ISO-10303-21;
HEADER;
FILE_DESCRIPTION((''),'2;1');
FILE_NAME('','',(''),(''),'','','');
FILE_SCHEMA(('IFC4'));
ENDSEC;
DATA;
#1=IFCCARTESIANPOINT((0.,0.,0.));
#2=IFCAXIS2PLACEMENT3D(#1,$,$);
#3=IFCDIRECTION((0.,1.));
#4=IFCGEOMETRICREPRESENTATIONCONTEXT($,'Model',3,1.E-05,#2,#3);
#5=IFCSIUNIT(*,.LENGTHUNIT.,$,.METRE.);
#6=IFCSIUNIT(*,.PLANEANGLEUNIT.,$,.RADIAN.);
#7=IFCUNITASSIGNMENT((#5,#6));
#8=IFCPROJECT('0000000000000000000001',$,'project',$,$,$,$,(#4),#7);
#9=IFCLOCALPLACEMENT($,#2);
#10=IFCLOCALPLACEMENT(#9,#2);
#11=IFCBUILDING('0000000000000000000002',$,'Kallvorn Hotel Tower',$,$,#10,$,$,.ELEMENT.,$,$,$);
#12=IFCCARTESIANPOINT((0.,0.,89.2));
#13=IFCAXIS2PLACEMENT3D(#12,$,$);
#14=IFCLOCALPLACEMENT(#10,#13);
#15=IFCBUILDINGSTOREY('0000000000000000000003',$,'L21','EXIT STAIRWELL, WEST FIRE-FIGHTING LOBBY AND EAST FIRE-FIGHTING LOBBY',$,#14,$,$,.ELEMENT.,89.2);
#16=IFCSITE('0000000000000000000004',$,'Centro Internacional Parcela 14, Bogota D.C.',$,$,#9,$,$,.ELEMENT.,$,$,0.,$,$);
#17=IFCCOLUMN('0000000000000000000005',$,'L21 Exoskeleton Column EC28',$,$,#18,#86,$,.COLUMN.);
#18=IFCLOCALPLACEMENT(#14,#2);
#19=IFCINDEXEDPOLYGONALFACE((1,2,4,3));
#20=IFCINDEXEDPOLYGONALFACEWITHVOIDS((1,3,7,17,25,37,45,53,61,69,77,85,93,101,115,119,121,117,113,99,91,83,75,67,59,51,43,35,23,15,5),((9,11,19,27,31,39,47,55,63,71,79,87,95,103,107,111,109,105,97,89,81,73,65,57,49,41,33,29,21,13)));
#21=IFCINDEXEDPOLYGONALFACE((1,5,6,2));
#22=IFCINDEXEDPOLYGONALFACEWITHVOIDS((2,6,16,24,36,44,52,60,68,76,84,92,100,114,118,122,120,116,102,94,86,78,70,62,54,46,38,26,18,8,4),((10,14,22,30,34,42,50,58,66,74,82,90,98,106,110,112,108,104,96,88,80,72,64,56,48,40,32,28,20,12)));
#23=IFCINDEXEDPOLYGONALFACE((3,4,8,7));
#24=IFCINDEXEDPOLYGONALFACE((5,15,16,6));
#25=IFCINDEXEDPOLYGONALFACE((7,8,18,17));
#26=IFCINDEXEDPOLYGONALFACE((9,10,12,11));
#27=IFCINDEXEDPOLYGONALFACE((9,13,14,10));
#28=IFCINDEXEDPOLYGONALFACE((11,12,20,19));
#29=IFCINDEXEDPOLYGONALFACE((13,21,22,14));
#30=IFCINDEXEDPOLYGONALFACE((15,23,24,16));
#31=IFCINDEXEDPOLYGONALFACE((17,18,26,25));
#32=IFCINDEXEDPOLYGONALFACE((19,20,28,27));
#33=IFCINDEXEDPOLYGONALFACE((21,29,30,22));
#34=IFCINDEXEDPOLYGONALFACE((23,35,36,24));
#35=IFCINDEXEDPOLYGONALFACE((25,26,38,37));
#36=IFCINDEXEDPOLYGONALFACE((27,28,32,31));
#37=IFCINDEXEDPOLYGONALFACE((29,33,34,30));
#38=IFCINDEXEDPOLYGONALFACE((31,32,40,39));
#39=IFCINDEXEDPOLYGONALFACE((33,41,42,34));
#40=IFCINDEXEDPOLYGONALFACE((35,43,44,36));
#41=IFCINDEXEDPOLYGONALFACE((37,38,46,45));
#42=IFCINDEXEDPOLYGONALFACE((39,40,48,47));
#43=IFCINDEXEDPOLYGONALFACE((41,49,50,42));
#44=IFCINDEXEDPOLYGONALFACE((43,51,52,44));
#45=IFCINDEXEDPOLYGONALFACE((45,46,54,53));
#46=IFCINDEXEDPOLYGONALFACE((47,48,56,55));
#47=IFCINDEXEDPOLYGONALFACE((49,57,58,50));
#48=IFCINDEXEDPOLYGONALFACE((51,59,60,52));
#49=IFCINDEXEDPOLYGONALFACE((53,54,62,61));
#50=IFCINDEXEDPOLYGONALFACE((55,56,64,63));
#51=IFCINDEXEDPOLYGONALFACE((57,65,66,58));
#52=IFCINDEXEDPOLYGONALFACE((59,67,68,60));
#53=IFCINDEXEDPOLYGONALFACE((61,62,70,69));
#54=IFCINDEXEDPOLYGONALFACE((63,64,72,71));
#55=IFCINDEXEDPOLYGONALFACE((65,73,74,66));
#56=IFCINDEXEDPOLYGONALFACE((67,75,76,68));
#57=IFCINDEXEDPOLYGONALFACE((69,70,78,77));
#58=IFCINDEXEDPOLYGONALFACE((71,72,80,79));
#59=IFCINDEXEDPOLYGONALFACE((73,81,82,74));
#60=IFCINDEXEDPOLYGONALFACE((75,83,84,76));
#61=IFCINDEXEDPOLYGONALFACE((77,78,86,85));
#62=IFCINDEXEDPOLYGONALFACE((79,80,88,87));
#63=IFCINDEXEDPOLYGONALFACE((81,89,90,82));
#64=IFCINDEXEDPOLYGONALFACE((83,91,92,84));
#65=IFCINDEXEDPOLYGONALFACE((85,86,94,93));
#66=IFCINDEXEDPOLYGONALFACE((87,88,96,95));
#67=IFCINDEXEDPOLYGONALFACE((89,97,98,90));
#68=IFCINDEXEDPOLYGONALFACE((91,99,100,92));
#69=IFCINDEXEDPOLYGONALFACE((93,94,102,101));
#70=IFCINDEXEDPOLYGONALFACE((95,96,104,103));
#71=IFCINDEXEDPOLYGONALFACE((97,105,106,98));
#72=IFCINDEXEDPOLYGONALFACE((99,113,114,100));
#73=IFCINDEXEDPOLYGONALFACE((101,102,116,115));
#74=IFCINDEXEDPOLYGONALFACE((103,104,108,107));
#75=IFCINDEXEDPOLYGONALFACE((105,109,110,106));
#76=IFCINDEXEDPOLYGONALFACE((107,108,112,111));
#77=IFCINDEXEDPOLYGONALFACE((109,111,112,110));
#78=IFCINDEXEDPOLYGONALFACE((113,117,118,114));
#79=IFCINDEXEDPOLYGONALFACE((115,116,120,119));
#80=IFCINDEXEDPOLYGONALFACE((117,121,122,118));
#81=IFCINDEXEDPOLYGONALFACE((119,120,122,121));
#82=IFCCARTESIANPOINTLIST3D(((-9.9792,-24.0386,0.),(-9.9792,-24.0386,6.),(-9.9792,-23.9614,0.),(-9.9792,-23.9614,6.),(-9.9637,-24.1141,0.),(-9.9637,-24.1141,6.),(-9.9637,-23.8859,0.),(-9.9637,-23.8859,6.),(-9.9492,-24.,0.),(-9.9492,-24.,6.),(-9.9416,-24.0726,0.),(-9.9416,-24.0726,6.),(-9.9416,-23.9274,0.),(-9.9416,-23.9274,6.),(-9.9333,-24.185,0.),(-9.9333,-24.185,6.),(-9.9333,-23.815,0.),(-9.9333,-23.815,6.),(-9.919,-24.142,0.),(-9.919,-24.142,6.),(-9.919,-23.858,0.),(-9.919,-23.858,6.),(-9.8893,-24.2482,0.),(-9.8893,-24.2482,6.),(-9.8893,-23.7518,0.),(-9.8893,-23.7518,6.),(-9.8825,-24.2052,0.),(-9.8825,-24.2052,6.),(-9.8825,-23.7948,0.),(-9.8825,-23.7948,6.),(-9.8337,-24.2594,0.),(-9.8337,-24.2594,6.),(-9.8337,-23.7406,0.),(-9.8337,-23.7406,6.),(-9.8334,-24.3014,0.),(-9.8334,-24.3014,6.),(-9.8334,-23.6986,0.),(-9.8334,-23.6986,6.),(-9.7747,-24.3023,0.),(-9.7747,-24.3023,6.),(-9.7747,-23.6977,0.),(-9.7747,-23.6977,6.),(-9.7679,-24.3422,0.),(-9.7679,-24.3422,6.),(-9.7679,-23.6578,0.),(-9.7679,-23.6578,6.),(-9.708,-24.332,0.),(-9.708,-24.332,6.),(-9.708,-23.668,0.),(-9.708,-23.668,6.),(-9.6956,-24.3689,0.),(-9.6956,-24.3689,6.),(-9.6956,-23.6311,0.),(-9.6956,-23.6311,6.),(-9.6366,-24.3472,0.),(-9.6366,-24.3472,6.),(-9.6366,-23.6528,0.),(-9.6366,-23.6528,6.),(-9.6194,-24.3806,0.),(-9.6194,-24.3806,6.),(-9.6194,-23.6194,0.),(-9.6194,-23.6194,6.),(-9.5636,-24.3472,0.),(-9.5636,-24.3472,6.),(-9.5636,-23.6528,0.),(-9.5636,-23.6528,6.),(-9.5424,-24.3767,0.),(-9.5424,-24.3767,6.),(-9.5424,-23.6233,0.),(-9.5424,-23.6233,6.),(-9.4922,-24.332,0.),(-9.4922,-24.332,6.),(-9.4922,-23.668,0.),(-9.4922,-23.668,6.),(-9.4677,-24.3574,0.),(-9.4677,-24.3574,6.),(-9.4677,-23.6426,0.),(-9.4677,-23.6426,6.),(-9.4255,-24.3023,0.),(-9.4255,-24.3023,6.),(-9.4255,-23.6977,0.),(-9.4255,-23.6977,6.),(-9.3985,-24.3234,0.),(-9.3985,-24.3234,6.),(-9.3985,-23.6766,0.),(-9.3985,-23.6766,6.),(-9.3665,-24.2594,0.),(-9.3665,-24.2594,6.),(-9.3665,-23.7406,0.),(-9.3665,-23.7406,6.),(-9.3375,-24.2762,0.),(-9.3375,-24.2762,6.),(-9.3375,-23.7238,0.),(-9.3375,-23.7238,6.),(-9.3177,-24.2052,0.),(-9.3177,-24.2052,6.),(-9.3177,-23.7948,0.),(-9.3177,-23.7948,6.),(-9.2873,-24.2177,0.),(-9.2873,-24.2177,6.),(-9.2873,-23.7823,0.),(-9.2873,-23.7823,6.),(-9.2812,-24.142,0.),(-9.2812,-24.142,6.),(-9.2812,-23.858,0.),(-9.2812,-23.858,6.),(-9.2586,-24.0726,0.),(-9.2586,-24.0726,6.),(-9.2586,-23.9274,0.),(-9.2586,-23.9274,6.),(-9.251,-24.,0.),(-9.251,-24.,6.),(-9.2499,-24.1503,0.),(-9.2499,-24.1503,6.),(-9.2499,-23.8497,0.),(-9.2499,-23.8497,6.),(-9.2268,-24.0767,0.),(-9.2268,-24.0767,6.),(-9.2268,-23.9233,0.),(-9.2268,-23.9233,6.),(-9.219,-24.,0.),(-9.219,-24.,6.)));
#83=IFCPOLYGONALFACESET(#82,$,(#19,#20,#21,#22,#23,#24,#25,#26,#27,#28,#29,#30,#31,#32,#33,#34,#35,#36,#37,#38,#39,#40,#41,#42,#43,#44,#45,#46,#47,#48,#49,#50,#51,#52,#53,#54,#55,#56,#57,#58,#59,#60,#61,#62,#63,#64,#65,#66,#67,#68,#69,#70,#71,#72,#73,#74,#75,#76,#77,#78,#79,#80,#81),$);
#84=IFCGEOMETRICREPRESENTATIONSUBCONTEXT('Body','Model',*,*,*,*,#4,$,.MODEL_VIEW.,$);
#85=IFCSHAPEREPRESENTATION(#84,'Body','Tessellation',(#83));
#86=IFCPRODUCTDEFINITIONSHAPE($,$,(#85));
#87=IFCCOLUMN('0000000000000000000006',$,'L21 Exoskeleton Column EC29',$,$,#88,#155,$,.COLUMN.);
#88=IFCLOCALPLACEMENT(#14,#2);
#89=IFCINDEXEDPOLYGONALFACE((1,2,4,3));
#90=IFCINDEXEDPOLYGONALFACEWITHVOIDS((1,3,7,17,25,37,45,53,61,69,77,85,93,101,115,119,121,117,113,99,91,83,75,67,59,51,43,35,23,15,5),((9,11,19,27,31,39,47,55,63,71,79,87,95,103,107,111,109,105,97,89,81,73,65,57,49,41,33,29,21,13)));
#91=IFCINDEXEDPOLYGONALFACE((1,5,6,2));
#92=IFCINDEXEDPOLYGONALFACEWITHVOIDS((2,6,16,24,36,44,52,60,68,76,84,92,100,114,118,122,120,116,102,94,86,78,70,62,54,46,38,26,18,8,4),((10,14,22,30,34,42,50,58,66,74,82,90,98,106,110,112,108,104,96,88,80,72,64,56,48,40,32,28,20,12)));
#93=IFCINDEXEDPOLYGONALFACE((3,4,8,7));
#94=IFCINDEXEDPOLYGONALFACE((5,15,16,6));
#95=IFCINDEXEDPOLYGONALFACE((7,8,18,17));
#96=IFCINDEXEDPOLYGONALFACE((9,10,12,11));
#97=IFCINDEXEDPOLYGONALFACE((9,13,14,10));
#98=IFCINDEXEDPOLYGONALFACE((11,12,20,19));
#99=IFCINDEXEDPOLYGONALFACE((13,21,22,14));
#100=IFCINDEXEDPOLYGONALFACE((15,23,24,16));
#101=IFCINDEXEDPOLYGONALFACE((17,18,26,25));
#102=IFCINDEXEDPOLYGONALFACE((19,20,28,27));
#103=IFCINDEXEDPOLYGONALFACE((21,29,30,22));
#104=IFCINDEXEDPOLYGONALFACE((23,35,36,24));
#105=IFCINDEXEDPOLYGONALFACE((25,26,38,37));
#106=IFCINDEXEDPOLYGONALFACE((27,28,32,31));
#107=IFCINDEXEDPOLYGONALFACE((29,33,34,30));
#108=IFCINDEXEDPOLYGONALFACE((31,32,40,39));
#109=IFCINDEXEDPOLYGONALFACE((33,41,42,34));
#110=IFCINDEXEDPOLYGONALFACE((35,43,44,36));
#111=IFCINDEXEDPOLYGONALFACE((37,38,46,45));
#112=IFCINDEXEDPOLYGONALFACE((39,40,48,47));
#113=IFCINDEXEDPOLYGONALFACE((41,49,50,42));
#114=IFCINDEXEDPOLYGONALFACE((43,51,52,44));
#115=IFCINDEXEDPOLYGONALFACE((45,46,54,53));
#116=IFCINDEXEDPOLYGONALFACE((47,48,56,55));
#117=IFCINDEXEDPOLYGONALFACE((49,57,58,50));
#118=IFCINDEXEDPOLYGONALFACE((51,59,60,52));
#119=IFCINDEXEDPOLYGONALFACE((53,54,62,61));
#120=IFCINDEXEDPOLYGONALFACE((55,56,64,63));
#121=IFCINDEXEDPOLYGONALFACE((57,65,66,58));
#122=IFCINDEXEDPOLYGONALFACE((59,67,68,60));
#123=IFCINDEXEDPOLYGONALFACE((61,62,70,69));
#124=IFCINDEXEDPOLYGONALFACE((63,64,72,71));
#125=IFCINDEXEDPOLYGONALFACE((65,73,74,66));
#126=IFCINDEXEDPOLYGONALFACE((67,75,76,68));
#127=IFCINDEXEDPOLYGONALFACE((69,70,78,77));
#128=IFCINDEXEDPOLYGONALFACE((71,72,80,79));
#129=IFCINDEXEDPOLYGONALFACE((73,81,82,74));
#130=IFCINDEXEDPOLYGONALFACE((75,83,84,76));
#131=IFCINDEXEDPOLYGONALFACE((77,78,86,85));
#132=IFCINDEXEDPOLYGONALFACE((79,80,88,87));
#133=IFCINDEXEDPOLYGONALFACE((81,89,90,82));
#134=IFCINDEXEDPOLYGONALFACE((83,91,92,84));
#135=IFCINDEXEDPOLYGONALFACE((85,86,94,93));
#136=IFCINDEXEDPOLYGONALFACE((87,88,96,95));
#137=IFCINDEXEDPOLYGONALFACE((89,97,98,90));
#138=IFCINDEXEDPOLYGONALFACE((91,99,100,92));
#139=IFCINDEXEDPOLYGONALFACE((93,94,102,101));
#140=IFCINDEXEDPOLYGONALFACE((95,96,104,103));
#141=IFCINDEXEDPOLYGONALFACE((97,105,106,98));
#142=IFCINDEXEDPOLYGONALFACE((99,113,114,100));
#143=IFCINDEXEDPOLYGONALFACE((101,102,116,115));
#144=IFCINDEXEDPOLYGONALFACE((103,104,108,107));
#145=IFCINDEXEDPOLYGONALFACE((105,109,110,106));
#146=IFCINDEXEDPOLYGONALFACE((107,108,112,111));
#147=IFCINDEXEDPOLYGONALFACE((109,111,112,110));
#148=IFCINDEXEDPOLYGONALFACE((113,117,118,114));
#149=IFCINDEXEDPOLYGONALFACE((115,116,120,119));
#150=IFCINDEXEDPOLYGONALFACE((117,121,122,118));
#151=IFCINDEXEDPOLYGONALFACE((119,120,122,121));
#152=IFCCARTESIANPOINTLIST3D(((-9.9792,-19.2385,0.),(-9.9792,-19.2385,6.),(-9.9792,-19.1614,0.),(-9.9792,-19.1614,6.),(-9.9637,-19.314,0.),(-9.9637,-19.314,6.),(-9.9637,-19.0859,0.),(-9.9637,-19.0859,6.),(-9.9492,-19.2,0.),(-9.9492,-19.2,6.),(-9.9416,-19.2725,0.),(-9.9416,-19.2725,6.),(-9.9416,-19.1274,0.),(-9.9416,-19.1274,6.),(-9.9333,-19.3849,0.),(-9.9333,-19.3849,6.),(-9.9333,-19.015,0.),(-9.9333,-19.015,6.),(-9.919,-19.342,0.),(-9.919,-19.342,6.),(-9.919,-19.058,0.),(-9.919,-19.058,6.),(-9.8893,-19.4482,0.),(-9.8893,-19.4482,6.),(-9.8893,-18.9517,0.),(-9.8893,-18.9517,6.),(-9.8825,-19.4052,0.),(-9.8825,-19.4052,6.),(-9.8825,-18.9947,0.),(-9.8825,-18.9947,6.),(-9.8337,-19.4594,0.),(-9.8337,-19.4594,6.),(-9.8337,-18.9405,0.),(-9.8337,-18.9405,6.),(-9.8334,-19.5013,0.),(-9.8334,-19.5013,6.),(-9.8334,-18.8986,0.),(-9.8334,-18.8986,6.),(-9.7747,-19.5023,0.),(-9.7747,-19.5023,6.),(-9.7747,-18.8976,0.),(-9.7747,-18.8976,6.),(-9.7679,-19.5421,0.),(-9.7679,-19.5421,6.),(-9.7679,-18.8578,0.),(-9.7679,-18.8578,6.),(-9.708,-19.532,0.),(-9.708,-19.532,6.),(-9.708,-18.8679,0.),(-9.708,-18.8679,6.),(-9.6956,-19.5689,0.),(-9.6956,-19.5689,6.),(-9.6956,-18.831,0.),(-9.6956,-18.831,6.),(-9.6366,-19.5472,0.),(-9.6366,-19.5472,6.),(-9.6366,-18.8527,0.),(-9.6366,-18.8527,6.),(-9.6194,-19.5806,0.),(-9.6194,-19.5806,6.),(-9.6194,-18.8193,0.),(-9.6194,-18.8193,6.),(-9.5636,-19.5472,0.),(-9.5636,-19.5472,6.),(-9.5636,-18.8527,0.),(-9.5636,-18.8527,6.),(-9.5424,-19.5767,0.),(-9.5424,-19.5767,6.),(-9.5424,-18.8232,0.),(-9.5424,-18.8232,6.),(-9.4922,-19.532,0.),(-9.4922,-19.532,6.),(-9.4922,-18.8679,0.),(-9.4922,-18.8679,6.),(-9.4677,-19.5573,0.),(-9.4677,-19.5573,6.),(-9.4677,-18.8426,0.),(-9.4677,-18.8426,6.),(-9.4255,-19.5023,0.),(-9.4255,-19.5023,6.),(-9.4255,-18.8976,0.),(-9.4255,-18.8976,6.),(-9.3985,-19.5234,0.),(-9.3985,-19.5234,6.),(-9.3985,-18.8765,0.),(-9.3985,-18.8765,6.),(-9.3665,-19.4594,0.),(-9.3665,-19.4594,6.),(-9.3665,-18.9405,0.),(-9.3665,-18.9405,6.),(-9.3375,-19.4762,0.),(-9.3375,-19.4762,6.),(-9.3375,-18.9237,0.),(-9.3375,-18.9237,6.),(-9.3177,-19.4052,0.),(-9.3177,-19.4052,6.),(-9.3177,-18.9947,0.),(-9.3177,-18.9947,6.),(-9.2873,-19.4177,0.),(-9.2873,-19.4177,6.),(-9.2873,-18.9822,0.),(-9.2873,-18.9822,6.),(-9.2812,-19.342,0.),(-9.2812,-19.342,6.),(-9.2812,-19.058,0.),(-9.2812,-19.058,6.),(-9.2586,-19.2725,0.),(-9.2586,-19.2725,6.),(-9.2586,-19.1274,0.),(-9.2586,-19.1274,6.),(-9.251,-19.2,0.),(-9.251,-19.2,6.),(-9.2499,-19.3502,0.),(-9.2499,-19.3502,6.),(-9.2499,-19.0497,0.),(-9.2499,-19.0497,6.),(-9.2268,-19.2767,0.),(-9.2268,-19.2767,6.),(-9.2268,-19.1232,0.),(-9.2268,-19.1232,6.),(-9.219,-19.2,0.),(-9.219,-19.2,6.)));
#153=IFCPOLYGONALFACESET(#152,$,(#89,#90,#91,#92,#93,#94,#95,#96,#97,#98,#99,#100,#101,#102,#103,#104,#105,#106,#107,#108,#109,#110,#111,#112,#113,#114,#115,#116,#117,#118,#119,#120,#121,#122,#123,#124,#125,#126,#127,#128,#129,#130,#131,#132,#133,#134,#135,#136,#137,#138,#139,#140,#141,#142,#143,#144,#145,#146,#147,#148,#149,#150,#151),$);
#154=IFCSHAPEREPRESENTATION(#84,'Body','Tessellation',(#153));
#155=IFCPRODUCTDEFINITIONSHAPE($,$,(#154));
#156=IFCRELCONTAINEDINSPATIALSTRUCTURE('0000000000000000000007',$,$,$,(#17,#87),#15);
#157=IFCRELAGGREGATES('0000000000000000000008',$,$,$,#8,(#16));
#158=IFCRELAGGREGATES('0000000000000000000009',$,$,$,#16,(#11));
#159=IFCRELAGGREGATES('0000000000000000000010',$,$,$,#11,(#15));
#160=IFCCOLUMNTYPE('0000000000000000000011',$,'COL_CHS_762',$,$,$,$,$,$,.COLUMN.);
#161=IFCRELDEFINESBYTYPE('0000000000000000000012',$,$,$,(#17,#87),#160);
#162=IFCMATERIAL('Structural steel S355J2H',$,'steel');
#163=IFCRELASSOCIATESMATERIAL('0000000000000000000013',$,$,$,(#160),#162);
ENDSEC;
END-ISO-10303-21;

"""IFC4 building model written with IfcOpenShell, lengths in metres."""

from ifc_helpers import new_model, si_unit, direction, frame, origin, origin_2d, place, context, subcontext, project, spatial, hollow_circle, extrude, material, material_profile, profile_set, type_object, element, save


model = new_model("IFC4")

# Units and contexts
model_context = context("Model", 3, precision=1e-05, world=origin(), true_north=direction((0.0, 1.0)))
body_context = subcontext(model_context, "Body", "Model", "MODEL_VIEW")
ifc_project = project(units=[si_unit("LENGTHUNIT", "METRE"), si_unit("PLANEANGLEUNIT", "RADIAN")], contexts=[model_context])

# Site, building, storey
site_placement = place(None, origin())
site = spatial("IfcSite", under=ifc_project, at=site_placement, Name="Centro Internacional Parcela 14, Bogota D.C.", CompositionType="ELEMENT", RefElevation=0.0)
building_placement = place(site_placement, origin())
building = spatial("IfcBuilding", under=site, at=building_placement, Name="Kallvorn Hotel Tower", CompositionType="ELEMENT")
storey_placement = place(building_placement, frame((0.0, 0.0, 89.2)))
storey = spatial("IfcBuildingStorey", under=building, at=storey_placement, Name="L21", Description="EXIT STAIRWELL, WEST FIRE-FIGHTING LOBBY AND EAST FIRE-FIGHTING LOBBY", CompositionType="ELEMENT", Elevation=89.2)

# Columns
ifc_material_1 = material(Name="Structural steel S355J2H", Category="steel")
ifc_material_profile_1 = material_profile(ifc_material_1, hollow_circle(Radius=0.3811, WallThickness=0.032, at=origin_2d()), Name="CHS 762x32")
ifc_profile_set_1 = profile_set([ifc_material_profile_1], Name="Structural steel S355J2H")
column_type_1 = type_object("IfcColumnType", Name="COL_CHS_762", PredefinedType="COLUMN", material=ifc_profile_set_1)
for number, where, z_axis, x_axis, name in (
    (1, (-9.6001, -24.0, 0.0), (0.0, 0.0, 1.0), (1.0, 0.0, 0.0), "L21 Exoskeleton Column EC28"),
    (2, (-9.6001, -19.2, 0.0), (0.0, 0.0, 1.0), (1.0, 0.0, 0.0), "L21 Exoskeleton Column EC29"),
):
    element("IfcColumn", number, at=place(storey_placement, frame(where, z_axis=z_axis, x_axis=x_axis)), inside=storey, type_object=column_type_1, Name=name, PredefinedType="COLUMN", context=body_context, shape_type="SweptSolid", body=[
        extrude(hollow_circle(Radius=0.3811, WallThickness=0.032, at=origin_2d()), origin(), (0.0, 0.0, 1.0), 6.0),
    ])

save(model, "model.ifc")
